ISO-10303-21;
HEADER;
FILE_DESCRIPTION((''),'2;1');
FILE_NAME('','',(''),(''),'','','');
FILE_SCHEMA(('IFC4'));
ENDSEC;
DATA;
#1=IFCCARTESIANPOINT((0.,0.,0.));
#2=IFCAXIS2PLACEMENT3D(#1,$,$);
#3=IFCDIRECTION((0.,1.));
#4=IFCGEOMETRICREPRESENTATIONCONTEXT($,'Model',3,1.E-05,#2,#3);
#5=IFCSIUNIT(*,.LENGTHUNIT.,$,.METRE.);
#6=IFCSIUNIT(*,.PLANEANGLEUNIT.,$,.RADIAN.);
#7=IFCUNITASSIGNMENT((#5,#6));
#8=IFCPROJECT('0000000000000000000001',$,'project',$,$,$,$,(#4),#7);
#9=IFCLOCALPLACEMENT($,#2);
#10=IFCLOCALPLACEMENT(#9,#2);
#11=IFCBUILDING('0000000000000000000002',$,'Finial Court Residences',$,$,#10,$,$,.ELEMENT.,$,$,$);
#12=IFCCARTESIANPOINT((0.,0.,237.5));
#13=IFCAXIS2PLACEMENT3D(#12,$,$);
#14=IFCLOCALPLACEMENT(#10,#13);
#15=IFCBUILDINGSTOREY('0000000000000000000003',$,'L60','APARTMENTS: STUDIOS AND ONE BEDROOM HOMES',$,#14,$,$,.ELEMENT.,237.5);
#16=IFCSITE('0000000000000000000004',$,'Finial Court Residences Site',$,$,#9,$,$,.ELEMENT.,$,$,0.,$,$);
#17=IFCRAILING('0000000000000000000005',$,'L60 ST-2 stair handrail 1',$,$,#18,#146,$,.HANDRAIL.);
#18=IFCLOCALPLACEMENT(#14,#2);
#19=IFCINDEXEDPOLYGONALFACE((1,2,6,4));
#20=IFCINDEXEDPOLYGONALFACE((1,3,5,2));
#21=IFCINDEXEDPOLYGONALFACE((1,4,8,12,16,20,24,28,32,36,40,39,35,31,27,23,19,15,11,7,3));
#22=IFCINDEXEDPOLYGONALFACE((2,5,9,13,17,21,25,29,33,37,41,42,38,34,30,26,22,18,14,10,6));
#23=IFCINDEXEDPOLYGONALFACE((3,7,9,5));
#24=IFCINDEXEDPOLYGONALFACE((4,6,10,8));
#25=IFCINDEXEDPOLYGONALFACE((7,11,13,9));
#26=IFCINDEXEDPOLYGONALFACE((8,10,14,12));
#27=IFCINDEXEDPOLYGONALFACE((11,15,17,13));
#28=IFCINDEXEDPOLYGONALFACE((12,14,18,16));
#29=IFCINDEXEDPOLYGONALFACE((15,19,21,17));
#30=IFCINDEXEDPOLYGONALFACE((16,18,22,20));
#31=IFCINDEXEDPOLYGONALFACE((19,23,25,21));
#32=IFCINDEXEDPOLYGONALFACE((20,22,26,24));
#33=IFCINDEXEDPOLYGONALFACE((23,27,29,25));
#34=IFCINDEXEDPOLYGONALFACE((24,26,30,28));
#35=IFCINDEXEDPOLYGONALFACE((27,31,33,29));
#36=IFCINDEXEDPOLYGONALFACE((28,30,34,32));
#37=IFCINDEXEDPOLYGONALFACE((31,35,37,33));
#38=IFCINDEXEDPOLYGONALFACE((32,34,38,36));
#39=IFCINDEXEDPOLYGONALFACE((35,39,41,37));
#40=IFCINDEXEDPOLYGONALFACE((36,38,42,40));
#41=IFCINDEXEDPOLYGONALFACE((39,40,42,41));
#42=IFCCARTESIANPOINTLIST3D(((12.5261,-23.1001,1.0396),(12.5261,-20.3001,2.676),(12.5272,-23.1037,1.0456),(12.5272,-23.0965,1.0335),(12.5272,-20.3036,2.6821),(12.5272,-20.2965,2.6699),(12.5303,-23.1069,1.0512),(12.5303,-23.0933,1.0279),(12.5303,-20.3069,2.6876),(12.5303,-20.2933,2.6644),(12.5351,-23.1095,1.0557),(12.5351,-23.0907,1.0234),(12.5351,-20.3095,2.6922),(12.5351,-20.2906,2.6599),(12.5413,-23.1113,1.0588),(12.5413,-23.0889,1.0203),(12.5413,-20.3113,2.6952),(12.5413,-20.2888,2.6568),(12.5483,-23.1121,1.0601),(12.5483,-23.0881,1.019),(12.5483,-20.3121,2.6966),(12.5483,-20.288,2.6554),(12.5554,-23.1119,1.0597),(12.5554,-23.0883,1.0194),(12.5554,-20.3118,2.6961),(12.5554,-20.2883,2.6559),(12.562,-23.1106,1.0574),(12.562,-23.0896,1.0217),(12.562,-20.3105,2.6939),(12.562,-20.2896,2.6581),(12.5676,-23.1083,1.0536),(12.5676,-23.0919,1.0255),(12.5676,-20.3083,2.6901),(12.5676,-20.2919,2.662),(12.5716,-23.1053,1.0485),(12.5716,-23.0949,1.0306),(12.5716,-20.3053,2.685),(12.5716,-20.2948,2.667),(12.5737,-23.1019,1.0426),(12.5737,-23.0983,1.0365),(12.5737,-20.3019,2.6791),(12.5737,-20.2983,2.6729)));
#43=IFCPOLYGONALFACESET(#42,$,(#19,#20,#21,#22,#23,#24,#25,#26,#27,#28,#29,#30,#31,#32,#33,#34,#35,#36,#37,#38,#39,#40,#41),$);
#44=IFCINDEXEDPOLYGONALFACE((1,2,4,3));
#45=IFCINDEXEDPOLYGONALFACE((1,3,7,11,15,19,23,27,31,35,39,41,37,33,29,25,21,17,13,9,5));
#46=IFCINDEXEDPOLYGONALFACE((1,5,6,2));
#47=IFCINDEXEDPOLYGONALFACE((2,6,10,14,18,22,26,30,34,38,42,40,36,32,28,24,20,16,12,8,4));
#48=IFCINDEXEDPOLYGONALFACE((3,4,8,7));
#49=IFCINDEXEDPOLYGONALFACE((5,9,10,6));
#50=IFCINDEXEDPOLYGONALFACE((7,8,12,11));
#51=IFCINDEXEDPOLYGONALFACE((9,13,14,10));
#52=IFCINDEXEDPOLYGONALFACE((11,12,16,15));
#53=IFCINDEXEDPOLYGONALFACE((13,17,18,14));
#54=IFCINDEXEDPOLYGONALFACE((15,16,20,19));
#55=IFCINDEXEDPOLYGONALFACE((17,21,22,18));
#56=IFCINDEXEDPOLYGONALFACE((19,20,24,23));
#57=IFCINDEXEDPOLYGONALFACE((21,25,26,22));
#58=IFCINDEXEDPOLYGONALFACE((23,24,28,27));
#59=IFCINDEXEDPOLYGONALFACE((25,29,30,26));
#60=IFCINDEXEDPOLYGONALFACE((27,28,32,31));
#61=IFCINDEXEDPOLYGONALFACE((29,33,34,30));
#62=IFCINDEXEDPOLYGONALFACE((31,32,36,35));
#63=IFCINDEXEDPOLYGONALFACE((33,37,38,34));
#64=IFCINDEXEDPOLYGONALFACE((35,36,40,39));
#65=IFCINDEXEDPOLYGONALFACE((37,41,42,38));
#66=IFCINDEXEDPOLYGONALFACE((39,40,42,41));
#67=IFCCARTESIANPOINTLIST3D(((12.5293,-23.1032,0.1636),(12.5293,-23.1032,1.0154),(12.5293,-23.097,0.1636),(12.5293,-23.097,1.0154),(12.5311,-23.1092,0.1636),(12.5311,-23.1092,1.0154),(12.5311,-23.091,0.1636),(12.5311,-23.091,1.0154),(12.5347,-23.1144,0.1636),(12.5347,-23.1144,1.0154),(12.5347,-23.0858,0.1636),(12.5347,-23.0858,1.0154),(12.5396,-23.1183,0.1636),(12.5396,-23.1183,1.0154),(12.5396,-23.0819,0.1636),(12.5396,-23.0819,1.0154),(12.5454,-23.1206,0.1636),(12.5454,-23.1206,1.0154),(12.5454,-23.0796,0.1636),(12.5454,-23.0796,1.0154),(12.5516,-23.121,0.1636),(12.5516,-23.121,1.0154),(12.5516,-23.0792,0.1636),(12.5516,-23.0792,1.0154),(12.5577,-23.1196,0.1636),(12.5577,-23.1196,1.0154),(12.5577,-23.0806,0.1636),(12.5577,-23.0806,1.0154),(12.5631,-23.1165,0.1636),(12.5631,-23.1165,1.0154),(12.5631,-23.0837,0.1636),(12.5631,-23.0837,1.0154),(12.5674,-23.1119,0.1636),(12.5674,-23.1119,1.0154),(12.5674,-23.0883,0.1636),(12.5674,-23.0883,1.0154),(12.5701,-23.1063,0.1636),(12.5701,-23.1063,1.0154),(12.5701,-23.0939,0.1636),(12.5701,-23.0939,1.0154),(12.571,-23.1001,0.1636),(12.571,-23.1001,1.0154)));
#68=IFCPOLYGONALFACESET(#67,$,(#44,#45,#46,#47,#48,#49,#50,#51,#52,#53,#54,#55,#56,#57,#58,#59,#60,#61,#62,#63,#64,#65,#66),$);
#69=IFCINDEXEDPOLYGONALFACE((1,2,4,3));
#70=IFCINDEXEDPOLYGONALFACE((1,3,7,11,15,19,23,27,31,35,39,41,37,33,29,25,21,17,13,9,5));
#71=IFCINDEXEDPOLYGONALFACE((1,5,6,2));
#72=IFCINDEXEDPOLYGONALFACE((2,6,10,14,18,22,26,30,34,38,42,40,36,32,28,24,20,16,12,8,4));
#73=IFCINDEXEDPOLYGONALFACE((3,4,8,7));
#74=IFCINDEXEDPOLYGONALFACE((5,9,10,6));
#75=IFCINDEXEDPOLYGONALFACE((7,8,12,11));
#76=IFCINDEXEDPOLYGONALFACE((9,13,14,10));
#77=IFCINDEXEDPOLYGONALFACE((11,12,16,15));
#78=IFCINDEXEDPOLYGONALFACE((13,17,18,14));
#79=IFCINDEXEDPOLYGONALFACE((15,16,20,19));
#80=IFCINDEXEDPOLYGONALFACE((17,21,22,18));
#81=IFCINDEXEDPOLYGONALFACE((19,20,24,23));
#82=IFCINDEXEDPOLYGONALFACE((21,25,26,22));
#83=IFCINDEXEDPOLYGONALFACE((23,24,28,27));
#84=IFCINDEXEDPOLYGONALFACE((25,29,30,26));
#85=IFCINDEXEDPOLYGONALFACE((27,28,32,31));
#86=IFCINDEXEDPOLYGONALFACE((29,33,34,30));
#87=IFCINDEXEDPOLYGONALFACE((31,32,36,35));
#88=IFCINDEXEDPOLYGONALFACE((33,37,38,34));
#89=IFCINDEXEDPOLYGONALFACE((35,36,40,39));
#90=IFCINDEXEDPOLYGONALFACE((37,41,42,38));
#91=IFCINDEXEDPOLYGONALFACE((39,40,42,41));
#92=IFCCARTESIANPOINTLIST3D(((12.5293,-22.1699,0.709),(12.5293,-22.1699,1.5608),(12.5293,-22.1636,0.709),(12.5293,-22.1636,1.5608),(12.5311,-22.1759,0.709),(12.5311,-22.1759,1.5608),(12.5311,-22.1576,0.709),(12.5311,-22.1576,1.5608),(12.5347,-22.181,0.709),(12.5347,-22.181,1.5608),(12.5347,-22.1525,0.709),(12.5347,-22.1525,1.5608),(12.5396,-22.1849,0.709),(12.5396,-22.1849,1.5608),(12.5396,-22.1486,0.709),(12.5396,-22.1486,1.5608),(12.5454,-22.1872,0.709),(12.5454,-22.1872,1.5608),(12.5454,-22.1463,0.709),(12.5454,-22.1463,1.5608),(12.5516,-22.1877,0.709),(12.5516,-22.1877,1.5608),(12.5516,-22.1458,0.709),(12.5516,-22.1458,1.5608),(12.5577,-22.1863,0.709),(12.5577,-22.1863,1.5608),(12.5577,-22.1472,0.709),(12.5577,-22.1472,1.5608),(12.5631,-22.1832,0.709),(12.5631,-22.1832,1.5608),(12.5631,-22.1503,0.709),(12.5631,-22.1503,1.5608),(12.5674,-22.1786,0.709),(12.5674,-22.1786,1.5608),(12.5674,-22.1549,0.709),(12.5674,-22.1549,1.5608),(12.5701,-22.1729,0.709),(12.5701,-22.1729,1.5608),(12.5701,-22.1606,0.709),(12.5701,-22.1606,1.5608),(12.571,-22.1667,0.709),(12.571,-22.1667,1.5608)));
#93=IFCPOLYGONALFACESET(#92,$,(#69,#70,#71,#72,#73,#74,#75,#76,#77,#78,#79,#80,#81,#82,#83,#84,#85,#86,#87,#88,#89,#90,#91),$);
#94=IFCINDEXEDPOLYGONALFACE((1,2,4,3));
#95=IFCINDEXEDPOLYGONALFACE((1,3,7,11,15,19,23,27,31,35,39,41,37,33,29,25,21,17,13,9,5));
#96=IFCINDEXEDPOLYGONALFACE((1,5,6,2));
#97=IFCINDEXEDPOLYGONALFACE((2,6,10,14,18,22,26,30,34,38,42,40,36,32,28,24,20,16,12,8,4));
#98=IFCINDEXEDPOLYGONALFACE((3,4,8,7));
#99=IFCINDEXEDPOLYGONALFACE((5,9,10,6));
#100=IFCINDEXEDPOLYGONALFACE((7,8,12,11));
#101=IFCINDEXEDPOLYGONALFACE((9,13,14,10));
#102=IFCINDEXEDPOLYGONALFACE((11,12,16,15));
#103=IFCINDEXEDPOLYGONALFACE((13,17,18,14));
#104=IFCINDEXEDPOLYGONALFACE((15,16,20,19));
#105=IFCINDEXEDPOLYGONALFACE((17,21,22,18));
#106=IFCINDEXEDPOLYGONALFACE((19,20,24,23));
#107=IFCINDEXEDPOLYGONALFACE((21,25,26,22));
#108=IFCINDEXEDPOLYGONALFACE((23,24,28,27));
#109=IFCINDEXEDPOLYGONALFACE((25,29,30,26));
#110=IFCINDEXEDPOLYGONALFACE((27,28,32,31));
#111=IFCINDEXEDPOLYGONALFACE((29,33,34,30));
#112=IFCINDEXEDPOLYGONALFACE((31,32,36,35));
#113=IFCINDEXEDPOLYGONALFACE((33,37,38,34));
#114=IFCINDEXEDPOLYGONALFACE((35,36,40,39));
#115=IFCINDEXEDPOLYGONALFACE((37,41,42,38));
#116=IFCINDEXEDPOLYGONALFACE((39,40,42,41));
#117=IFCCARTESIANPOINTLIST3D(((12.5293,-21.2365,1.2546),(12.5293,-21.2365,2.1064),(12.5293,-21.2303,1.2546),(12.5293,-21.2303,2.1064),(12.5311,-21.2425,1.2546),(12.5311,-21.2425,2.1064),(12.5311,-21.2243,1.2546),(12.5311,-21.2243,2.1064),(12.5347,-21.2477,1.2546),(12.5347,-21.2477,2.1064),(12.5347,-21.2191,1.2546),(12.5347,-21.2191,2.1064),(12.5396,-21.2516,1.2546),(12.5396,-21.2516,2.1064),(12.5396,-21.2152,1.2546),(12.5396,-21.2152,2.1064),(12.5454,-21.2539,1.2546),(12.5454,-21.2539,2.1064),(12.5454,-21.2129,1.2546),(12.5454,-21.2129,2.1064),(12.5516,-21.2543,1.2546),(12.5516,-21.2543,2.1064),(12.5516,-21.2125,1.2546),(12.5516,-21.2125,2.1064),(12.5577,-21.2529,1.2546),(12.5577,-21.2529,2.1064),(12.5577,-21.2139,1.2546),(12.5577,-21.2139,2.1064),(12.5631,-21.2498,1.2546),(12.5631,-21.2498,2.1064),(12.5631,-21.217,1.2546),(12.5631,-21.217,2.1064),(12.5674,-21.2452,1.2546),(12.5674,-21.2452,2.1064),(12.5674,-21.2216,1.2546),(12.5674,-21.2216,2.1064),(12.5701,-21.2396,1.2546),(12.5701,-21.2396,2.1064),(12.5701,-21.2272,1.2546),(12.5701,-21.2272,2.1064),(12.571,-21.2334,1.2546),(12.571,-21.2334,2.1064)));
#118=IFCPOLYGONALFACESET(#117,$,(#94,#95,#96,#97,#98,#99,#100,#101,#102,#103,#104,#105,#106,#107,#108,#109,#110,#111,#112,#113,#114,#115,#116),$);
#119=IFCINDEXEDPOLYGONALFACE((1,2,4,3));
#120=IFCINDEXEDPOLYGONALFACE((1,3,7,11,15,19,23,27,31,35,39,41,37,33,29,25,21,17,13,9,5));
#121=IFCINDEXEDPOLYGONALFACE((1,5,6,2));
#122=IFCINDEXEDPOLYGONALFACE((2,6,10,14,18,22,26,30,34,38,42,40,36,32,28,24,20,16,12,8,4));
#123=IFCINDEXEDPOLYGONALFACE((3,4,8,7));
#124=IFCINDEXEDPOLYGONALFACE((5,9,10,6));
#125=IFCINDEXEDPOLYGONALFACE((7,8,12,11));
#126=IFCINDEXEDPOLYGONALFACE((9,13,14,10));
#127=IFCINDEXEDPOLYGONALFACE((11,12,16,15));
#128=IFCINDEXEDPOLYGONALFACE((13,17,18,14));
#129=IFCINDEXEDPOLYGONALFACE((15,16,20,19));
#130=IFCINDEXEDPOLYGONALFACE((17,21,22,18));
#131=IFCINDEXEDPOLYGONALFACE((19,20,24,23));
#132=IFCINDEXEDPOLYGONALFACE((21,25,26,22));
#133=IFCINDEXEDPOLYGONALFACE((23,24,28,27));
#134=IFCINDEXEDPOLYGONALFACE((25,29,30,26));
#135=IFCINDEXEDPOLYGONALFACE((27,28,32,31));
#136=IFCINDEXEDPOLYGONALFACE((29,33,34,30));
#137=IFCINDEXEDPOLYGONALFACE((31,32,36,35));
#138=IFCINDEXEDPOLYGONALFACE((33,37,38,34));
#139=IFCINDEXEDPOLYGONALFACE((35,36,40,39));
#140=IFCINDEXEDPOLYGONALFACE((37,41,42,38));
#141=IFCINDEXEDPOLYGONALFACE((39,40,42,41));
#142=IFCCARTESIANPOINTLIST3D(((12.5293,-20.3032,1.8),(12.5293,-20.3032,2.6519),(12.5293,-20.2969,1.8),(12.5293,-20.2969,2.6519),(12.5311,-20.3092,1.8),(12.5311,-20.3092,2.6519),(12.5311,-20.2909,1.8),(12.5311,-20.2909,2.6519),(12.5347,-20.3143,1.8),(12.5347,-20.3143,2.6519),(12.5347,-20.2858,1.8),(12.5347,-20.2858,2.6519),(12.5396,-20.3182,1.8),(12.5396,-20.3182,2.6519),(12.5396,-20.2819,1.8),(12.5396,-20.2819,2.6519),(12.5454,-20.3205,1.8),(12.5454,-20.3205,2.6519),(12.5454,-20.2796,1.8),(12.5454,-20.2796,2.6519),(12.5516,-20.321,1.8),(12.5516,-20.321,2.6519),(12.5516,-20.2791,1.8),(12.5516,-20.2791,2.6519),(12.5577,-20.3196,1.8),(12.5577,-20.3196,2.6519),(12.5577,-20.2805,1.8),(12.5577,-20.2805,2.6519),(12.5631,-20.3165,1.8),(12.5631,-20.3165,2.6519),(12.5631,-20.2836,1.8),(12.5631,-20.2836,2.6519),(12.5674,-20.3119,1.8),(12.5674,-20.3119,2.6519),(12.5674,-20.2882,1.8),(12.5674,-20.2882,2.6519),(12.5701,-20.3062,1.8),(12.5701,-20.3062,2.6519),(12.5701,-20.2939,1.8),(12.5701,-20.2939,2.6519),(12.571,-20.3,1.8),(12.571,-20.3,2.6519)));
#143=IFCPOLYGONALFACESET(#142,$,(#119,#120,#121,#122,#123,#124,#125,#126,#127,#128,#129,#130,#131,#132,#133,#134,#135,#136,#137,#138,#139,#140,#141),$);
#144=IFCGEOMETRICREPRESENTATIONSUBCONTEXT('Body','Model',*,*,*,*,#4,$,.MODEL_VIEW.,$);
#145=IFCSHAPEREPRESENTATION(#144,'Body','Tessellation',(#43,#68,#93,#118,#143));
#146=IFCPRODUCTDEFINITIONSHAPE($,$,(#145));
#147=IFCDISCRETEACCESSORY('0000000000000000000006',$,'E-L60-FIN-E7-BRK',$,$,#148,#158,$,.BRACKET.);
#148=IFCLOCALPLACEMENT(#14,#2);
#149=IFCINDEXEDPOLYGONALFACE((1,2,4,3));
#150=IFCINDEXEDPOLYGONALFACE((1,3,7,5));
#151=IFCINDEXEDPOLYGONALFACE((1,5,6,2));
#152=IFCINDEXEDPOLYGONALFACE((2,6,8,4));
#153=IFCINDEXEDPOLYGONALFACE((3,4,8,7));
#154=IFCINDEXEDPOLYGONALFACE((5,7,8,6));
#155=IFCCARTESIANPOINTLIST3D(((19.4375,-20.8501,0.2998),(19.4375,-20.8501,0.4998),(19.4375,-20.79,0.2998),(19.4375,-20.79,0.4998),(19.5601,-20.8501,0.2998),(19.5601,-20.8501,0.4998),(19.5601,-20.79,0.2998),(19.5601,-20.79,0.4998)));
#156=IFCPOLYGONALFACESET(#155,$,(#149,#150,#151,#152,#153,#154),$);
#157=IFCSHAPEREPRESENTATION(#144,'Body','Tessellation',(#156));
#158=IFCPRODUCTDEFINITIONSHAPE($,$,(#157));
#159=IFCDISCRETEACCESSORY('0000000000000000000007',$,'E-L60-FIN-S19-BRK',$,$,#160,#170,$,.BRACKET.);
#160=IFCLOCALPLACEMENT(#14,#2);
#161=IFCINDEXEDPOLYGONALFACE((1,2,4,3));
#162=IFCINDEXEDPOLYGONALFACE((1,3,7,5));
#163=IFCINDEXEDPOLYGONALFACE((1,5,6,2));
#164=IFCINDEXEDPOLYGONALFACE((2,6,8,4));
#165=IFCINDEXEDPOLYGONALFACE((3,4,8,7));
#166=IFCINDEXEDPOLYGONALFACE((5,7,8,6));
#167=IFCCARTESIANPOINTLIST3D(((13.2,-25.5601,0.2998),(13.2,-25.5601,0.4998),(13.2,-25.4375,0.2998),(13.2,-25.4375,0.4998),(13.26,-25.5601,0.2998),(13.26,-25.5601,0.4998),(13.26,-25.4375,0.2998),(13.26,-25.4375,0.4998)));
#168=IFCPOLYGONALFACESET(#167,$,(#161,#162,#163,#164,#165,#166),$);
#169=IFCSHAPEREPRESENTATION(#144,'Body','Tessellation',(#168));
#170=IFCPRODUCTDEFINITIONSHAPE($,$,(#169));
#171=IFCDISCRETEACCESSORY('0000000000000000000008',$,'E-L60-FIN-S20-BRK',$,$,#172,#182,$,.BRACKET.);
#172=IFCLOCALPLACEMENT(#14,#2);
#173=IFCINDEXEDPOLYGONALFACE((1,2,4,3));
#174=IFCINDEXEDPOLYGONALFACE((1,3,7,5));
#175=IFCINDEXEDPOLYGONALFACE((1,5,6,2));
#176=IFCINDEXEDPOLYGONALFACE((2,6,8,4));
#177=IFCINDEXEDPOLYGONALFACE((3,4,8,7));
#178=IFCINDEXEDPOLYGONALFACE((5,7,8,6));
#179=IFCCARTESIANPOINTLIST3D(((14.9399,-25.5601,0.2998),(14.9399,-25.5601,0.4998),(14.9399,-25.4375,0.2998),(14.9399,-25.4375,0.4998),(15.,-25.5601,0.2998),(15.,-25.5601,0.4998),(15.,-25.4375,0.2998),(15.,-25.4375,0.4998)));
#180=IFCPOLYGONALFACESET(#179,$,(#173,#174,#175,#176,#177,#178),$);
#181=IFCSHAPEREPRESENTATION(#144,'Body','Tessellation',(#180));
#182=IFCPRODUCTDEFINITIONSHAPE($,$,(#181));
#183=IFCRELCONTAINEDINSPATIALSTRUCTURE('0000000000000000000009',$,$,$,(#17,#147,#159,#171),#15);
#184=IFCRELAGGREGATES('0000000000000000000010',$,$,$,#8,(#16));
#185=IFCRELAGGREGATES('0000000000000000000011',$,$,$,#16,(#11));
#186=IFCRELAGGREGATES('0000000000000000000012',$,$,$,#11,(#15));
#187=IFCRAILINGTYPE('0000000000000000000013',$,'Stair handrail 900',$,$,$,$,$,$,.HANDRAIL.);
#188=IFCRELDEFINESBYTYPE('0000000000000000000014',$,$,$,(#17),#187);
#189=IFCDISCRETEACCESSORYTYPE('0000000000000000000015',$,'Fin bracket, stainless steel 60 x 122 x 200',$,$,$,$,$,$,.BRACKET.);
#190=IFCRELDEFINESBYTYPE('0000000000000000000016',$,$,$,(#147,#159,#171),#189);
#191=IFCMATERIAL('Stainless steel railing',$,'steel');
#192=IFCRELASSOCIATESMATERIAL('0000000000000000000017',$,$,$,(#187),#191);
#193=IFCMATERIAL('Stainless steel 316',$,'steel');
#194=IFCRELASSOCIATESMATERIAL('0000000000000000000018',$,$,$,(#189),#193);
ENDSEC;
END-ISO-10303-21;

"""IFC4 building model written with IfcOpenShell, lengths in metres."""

from ifc_helpers import new_model, si_unit, direction, frame, origin, origin_2d, place, context, subcontext, project, spatial, rectangle, circle, extrude, material, type_object, element, save


model = new_model("IFC4")

# Units and contexts
model_context = context("Model", 3, precision=1e-05, world=origin(), true_north=direction((0.0, 1.0)))
body_context = subcontext(model_context, "Body", "Model", "MODEL_VIEW")
ifc_project = project(units=[si_unit("LENGTHUNIT", "METRE"), si_unit("PLANEANGLEUNIT", "RADIAN")], contexts=[model_context])

# Site, building, storey
site_placement = place(None, origin())
site = spatial("IfcSite", under=ifc_project, at=site_placement, Name="Finial Court Residences Site", CompositionType="ELEMENT", RefElevation=0.0)
building_placement = place(site_placement, origin())
building = spatial("IfcBuilding", under=site, at=building_placement, Name="Finial Court Residences", CompositionType="ELEMENT")
storey_placement = place(building_placement, frame((0.0, 0.0, 237.5)))
storey = spatial("IfcBuildingStorey", under=building, at=storey_placement, Name="L60", Description="APARTMENTS: STUDIOS AND ONE BEDROOM HOMES", CompositionType="ELEMENT", Elevation=237.5)

# Railing
ifc_material_1 = material(Name="Stainless steel railing", Category="steel")
railing_type = type_object("IfcRailingType", Name="Stair handrail 900", PredefinedType="HANDRAIL", material=ifc_material_1)
railing_placement = place(storey_placement, frame((12.55, -23.1001, 0.1636)))
element("IfcRailing", 1, at=railing_placement, inside=storey, type_object=railing_type, Name="L60 ST-2 stair handrail 1", PredefinedType="HANDRAIL", context=body_context, shape_type="SweptSolid", body=[
    extrude(circle(Radius=0.0239, at=origin_2d()), frame((0.0, 0.0, 0.876), z_axis=(0.0, 0.863361, 0.504587), x_axis=(-1.0, 0.0, 0.0)), (0.0, 0.0, 1.0), 3.2432),
    extrude(circle(Radius=0.021, at=origin_2d()), origin(), (0.0, 0.0, 1.0), 0.8518),
    extrude(circle(Radius=0.021, at=origin_2d()), frame((0.0, 0.9333, 0.5454)), (0.0, 0.0, 1.0), 0.8518),
    extrude(circle(Radius=0.021, at=origin_2d()), frame((0.0, 1.8667, 1.0911)), (0.0, 0.0, 1.0), 0.8518),
    extrude(circle(Radius=0.021, at=origin_2d()), frame((0.0, 2.8, 1.6365)), (0.0, 0.0, 1.0), 0.8518),
])

# Discrete accessories
ifc_material_2 = material(Name="Stainless steel 316", Category="steel")
discrete_accessory_type = type_object("IfcDiscreteAccessoryType", Name="Fin bracket, stainless steel 60 x 122 x 200", PredefinedType="BRACKET", material=ifc_material_2)
discrete_accessory_placement = place(storey_placement, frame((19.4988, -20.8201, 0.2998), z_axis=(0.0, 0.0, 1.0), x_axis=(1.0, 0.0, 0.0)))
element("IfcDiscreteAccessory", 2, at=discrete_accessory_placement, inside=storey, type_object=discrete_accessory_type, Name="E-L60-FIN-E7-BRK", PredefinedType="BRACKET", context=body_context, shape_type="SweptSolid", body=[
    extrude(rectangle(XDim=0.1226, YDim=0.0601, at=origin_2d()), origin(), (0.0, 0.0, 1.0), 0.2),
])
for number, where, z_axis, x_axis, name in (
    (3, (13.23, -25.4988, 0.2998), (0.0, 0.0, 1.0), (1.0, 0.0, 0.0), "E-L60-FIN-S19-BRK"),
    (4, (14.97, -25.4988, 0.2998), (0.0, 0.0, 1.0), (1.0, 0.0, 0.0), "E-L60-FIN-S20-BRK"),
):
    element("IfcDiscreteAccessory", number, at=place(storey_placement, frame(where, z_axis=z_axis, x_axis=x_axis)), inside=storey, type_object=discrete_accessory_type, Name=name, PredefinedType="BRACKET", context=body_context, shape_type="SweptSolid", body=[
        extrude(rectangle(XDim=0.0601, YDim=0.1226, at=origin_2d()), origin(), (0.0, 0.0, 1.0), 0.2),
    ])

save(model, "model.ifc")
